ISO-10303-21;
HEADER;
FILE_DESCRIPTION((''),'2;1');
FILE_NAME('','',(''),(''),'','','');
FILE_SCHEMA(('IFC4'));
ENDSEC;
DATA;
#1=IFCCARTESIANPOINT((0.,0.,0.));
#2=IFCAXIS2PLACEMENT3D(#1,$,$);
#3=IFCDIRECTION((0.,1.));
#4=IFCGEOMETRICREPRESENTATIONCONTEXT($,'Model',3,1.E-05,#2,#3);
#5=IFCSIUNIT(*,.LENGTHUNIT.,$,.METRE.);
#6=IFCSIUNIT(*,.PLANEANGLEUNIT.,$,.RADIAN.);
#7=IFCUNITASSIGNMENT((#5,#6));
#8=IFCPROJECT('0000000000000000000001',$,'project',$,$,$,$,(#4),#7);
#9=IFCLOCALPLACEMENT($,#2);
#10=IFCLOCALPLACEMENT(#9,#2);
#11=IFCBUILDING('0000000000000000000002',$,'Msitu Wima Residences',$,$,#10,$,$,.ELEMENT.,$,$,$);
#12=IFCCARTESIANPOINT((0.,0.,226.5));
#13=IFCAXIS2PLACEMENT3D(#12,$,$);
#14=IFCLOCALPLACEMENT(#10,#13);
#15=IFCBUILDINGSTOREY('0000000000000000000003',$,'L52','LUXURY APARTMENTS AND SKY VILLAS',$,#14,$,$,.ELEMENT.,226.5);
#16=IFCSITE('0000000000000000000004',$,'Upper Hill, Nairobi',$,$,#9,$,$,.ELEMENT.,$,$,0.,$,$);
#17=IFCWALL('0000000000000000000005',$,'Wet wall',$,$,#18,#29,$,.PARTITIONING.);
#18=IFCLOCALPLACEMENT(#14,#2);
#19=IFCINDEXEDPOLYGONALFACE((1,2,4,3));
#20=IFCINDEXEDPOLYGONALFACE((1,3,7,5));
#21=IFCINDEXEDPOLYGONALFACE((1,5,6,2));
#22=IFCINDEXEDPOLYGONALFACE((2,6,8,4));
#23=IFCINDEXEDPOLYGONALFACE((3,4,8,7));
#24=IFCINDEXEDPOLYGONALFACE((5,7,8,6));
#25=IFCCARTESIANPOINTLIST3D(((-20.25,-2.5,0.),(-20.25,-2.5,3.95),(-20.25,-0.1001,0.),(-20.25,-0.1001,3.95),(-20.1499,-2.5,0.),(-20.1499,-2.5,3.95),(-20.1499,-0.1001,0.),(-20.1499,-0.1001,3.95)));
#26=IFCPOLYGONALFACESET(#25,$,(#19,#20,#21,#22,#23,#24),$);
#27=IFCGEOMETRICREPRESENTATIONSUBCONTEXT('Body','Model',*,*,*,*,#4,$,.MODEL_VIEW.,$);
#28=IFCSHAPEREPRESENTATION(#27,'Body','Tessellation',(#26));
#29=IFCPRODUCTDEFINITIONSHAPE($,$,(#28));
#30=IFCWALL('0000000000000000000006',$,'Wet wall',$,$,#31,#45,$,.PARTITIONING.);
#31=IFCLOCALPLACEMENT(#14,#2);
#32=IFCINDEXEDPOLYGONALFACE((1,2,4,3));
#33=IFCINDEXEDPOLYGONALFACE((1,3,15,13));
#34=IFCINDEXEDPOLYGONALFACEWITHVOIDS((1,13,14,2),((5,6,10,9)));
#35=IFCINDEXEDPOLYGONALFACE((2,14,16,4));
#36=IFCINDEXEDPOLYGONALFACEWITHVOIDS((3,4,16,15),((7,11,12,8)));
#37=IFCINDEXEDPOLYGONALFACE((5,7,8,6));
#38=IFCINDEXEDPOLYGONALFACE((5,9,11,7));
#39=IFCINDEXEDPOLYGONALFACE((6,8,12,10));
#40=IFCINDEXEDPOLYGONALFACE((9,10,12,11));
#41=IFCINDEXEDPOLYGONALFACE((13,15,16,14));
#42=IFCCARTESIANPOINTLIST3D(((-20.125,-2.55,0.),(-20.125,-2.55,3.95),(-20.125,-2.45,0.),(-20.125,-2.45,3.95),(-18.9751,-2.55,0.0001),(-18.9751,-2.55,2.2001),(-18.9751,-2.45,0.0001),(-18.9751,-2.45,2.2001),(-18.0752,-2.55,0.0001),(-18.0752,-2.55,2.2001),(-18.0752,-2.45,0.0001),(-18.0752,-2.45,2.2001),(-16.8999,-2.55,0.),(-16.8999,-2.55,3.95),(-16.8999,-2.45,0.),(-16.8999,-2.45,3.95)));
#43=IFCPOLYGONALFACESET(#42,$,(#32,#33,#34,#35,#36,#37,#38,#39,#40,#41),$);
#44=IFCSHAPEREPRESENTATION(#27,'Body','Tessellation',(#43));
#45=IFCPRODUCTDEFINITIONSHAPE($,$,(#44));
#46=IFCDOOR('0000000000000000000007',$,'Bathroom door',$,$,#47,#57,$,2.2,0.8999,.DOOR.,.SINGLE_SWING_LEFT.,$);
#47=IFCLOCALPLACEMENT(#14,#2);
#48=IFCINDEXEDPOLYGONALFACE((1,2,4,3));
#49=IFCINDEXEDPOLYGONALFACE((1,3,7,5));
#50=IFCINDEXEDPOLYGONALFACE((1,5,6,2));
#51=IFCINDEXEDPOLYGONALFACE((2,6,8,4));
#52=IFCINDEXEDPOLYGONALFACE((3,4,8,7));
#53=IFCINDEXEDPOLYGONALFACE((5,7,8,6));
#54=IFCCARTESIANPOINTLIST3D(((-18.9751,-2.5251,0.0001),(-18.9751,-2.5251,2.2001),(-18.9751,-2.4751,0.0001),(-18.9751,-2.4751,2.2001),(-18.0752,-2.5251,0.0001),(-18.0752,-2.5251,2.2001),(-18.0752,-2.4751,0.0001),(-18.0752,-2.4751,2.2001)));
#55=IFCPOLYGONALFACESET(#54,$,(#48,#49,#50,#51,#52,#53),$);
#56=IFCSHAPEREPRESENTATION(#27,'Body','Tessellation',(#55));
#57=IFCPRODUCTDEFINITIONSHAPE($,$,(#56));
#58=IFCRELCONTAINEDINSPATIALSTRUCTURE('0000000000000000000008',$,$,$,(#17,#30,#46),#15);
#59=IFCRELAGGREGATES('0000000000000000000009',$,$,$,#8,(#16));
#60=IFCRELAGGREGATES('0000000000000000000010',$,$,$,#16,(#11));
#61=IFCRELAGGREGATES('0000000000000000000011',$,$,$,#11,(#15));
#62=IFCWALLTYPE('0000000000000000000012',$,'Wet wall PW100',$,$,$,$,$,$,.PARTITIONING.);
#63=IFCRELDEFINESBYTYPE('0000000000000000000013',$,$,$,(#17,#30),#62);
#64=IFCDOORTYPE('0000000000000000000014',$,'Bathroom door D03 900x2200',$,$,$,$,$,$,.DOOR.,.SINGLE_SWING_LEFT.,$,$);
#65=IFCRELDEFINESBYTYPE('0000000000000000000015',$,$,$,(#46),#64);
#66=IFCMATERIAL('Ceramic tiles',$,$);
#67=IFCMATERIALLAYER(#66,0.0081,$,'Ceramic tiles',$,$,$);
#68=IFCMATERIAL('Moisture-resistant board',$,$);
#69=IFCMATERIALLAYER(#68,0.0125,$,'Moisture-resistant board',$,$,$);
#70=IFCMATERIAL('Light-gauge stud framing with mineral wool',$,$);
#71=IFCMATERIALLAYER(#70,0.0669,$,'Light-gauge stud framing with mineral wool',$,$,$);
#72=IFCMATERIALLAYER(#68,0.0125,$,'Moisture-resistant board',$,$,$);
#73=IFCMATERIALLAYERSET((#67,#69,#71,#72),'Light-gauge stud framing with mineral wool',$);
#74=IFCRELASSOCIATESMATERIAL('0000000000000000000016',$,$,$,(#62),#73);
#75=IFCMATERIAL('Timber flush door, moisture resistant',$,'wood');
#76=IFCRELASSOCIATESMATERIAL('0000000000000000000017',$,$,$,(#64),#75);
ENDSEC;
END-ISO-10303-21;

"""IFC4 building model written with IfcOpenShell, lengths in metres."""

from ifc_helpers import new_model, si_unit, direction, frame, frame_2d, origin, place, context, subcontext, project, spatial, rectangle, extrude, material, layer, layer_set, type_object, element, fill, save


model = new_model("IFC4")

# Units and contexts
model_context = context("Model", 3, precision=1e-05, world=origin(), true_north=direction((0.0, 1.0)))
body_context = subcontext(model_context, "Body", "Model", "MODEL_VIEW")
ifc_project = project(units=[si_unit("LENGTHUNIT", "METRE"), si_unit("PLANEANGLEUNIT", "RADIAN")], contexts=[model_context])

# Site, building, storey
site_placement = place(None, origin())
site = spatial("IfcSite", under=ifc_project, at=site_placement, Name="Upper Hill, Nairobi", CompositionType="ELEMENT", RefElevation=0.0)
building_placement = place(site_placement, origin())
building = spatial("IfcBuilding", under=site, at=building_placement, Name="Msitu Wima Residences", CompositionType="ELEMENT")
storey_placement = place(building_placement, frame((0.0, 0.0, 226.5)))
storey = spatial("IfcBuildingStorey", under=building, at=storey_placement, Name="L52", Description="LUXURY APARTMENTS AND SKY VILLAS", CompositionType="ELEMENT", Elevation=226.5)

# Wall
ifc_material_1 = material(Name="Ceramic tiles")
ifc_layer_1 = layer(ifc_material_1, 0.0081, Name="Ceramic tiles")
ifc_material_2 = material(Name="Moisture-resistant board")
ifc_layer_2 = layer(ifc_material_2, 0.0125, Name="Moisture-resistant board")
ifc_material_3 = material(Name="Light-gauge stud framing with mineral wool")
ifc_layer_3 = layer(ifc_material_3, 0.0669, Name="Light-gauge stud framing with mineral wool")
ifc_layer_4 = layer(ifc_material_2, 0.0125, Name="Moisture-resistant board")
ifc_layer_set_1 = layer_set([ifc_layer_1, ifc_layer_2, ifc_layer_3, ifc_layer_4], Name="Light-gauge stud framing with mineral wool")
wall_type_1 = type_object("IfcWallType", Name="Wet wall PW100", PredefinedType="PARTITIONING", material=ifc_layer_set_1)
wall_1_placement = place(storey_placement, frame((-20.2, -2.5, 0.0), z_axis=(0.0, 0.0, 1.0), x_axis=(0.0, 1.0, 0.0)))
element("IfcWall", 1, at=wall_1_placement, inside=storey, type_object=wall_type_1, Name="Wet wall", PredefinedType="PARTITIONING", context=body_context, shape_type="SweptSolid", body=[
    extrude(rectangle(XDim=2.3999, YDim=0.1001, at=frame_2d((1.2, 0.0))), origin(), (0.0, 0.0, 1.0), 3.95),
])

# Wall, opening, door
wall_2_placement = place(storey_placement, frame((-20.125, -2.5, 0.0), z_axis=(0.0, 0.0, 1.0), x_axis=(1.0, 0.0, 0.0)))
wall_2 = element("IfcWall", 2, at=wall_2_placement, inside=storey, type_object=wall_type_1, Name="Wet wall", PredefinedType="PARTITIONING", context=body_context, shape_type="SweptSolid", body=[
    extrude(rectangle(XDim=3.2251, YDim=0.1001, at=frame_2d((1.6125, 0.0))), origin(), (0.0, 0.0, 1.0), 3.95),
])
opening_1_placement = place(wall_2_placement, frame((1.1499, 0.0, 0.0)))
opening_1 = element("IfcOpeningElement", 3, at=opening_1_placement, cuts=wall_2, PredefinedType="OPENING", context=body_context, shape_type="SweptSolid", body=[
    extrude(rectangle(XDim=0.8999, YDim=2.2, at=frame_2d((0.45, 1.1001))), frame((0.0, 0.0601, 0.0), z_axis=(0.0, -1.0, 0.0), x_axis=(1.0, 0.0, 0.0)), (0.0, 0.0, 1.0), 0.1201),
])
ifc_material_4 = material(Name="Timber flush door, moisture resistant", Category="wood")
door_type_1 = type_object("IfcDoorType", Name="Bathroom door D03 900x2200", OperationType="SINGLE_SWING_LEFT", PredefinedType="DOOR", material=ifc_material_4)
door_1_placement = place(opening_1_placement, origin())
door_1 = element("IfcDoor", 4, at=door_1_placement, inside=storey, type_object=door_type_1, Name="Bathroom door", OperationType="SINGLE_SWING_LEFT", OverallHeight=2.2, OverallWidth=0.8999, PredefinedType="DOOR", context=body_context, shape_type="SweptSolid", body=[
    extrude(rectangle(XDim=0.8999, YDim=2.2, at=frame_2d((0.45, 1.1001))), frame((0.0, 0.0249, 0.0), z_axis=(0.0, -1.0, 0.0), x_axis=(1.0, 0.0, 0.0)), (0.0, 0.0, 1.0), 0.05),
])
fill(opening_1, door_1)

save(model, "model.ifc")
